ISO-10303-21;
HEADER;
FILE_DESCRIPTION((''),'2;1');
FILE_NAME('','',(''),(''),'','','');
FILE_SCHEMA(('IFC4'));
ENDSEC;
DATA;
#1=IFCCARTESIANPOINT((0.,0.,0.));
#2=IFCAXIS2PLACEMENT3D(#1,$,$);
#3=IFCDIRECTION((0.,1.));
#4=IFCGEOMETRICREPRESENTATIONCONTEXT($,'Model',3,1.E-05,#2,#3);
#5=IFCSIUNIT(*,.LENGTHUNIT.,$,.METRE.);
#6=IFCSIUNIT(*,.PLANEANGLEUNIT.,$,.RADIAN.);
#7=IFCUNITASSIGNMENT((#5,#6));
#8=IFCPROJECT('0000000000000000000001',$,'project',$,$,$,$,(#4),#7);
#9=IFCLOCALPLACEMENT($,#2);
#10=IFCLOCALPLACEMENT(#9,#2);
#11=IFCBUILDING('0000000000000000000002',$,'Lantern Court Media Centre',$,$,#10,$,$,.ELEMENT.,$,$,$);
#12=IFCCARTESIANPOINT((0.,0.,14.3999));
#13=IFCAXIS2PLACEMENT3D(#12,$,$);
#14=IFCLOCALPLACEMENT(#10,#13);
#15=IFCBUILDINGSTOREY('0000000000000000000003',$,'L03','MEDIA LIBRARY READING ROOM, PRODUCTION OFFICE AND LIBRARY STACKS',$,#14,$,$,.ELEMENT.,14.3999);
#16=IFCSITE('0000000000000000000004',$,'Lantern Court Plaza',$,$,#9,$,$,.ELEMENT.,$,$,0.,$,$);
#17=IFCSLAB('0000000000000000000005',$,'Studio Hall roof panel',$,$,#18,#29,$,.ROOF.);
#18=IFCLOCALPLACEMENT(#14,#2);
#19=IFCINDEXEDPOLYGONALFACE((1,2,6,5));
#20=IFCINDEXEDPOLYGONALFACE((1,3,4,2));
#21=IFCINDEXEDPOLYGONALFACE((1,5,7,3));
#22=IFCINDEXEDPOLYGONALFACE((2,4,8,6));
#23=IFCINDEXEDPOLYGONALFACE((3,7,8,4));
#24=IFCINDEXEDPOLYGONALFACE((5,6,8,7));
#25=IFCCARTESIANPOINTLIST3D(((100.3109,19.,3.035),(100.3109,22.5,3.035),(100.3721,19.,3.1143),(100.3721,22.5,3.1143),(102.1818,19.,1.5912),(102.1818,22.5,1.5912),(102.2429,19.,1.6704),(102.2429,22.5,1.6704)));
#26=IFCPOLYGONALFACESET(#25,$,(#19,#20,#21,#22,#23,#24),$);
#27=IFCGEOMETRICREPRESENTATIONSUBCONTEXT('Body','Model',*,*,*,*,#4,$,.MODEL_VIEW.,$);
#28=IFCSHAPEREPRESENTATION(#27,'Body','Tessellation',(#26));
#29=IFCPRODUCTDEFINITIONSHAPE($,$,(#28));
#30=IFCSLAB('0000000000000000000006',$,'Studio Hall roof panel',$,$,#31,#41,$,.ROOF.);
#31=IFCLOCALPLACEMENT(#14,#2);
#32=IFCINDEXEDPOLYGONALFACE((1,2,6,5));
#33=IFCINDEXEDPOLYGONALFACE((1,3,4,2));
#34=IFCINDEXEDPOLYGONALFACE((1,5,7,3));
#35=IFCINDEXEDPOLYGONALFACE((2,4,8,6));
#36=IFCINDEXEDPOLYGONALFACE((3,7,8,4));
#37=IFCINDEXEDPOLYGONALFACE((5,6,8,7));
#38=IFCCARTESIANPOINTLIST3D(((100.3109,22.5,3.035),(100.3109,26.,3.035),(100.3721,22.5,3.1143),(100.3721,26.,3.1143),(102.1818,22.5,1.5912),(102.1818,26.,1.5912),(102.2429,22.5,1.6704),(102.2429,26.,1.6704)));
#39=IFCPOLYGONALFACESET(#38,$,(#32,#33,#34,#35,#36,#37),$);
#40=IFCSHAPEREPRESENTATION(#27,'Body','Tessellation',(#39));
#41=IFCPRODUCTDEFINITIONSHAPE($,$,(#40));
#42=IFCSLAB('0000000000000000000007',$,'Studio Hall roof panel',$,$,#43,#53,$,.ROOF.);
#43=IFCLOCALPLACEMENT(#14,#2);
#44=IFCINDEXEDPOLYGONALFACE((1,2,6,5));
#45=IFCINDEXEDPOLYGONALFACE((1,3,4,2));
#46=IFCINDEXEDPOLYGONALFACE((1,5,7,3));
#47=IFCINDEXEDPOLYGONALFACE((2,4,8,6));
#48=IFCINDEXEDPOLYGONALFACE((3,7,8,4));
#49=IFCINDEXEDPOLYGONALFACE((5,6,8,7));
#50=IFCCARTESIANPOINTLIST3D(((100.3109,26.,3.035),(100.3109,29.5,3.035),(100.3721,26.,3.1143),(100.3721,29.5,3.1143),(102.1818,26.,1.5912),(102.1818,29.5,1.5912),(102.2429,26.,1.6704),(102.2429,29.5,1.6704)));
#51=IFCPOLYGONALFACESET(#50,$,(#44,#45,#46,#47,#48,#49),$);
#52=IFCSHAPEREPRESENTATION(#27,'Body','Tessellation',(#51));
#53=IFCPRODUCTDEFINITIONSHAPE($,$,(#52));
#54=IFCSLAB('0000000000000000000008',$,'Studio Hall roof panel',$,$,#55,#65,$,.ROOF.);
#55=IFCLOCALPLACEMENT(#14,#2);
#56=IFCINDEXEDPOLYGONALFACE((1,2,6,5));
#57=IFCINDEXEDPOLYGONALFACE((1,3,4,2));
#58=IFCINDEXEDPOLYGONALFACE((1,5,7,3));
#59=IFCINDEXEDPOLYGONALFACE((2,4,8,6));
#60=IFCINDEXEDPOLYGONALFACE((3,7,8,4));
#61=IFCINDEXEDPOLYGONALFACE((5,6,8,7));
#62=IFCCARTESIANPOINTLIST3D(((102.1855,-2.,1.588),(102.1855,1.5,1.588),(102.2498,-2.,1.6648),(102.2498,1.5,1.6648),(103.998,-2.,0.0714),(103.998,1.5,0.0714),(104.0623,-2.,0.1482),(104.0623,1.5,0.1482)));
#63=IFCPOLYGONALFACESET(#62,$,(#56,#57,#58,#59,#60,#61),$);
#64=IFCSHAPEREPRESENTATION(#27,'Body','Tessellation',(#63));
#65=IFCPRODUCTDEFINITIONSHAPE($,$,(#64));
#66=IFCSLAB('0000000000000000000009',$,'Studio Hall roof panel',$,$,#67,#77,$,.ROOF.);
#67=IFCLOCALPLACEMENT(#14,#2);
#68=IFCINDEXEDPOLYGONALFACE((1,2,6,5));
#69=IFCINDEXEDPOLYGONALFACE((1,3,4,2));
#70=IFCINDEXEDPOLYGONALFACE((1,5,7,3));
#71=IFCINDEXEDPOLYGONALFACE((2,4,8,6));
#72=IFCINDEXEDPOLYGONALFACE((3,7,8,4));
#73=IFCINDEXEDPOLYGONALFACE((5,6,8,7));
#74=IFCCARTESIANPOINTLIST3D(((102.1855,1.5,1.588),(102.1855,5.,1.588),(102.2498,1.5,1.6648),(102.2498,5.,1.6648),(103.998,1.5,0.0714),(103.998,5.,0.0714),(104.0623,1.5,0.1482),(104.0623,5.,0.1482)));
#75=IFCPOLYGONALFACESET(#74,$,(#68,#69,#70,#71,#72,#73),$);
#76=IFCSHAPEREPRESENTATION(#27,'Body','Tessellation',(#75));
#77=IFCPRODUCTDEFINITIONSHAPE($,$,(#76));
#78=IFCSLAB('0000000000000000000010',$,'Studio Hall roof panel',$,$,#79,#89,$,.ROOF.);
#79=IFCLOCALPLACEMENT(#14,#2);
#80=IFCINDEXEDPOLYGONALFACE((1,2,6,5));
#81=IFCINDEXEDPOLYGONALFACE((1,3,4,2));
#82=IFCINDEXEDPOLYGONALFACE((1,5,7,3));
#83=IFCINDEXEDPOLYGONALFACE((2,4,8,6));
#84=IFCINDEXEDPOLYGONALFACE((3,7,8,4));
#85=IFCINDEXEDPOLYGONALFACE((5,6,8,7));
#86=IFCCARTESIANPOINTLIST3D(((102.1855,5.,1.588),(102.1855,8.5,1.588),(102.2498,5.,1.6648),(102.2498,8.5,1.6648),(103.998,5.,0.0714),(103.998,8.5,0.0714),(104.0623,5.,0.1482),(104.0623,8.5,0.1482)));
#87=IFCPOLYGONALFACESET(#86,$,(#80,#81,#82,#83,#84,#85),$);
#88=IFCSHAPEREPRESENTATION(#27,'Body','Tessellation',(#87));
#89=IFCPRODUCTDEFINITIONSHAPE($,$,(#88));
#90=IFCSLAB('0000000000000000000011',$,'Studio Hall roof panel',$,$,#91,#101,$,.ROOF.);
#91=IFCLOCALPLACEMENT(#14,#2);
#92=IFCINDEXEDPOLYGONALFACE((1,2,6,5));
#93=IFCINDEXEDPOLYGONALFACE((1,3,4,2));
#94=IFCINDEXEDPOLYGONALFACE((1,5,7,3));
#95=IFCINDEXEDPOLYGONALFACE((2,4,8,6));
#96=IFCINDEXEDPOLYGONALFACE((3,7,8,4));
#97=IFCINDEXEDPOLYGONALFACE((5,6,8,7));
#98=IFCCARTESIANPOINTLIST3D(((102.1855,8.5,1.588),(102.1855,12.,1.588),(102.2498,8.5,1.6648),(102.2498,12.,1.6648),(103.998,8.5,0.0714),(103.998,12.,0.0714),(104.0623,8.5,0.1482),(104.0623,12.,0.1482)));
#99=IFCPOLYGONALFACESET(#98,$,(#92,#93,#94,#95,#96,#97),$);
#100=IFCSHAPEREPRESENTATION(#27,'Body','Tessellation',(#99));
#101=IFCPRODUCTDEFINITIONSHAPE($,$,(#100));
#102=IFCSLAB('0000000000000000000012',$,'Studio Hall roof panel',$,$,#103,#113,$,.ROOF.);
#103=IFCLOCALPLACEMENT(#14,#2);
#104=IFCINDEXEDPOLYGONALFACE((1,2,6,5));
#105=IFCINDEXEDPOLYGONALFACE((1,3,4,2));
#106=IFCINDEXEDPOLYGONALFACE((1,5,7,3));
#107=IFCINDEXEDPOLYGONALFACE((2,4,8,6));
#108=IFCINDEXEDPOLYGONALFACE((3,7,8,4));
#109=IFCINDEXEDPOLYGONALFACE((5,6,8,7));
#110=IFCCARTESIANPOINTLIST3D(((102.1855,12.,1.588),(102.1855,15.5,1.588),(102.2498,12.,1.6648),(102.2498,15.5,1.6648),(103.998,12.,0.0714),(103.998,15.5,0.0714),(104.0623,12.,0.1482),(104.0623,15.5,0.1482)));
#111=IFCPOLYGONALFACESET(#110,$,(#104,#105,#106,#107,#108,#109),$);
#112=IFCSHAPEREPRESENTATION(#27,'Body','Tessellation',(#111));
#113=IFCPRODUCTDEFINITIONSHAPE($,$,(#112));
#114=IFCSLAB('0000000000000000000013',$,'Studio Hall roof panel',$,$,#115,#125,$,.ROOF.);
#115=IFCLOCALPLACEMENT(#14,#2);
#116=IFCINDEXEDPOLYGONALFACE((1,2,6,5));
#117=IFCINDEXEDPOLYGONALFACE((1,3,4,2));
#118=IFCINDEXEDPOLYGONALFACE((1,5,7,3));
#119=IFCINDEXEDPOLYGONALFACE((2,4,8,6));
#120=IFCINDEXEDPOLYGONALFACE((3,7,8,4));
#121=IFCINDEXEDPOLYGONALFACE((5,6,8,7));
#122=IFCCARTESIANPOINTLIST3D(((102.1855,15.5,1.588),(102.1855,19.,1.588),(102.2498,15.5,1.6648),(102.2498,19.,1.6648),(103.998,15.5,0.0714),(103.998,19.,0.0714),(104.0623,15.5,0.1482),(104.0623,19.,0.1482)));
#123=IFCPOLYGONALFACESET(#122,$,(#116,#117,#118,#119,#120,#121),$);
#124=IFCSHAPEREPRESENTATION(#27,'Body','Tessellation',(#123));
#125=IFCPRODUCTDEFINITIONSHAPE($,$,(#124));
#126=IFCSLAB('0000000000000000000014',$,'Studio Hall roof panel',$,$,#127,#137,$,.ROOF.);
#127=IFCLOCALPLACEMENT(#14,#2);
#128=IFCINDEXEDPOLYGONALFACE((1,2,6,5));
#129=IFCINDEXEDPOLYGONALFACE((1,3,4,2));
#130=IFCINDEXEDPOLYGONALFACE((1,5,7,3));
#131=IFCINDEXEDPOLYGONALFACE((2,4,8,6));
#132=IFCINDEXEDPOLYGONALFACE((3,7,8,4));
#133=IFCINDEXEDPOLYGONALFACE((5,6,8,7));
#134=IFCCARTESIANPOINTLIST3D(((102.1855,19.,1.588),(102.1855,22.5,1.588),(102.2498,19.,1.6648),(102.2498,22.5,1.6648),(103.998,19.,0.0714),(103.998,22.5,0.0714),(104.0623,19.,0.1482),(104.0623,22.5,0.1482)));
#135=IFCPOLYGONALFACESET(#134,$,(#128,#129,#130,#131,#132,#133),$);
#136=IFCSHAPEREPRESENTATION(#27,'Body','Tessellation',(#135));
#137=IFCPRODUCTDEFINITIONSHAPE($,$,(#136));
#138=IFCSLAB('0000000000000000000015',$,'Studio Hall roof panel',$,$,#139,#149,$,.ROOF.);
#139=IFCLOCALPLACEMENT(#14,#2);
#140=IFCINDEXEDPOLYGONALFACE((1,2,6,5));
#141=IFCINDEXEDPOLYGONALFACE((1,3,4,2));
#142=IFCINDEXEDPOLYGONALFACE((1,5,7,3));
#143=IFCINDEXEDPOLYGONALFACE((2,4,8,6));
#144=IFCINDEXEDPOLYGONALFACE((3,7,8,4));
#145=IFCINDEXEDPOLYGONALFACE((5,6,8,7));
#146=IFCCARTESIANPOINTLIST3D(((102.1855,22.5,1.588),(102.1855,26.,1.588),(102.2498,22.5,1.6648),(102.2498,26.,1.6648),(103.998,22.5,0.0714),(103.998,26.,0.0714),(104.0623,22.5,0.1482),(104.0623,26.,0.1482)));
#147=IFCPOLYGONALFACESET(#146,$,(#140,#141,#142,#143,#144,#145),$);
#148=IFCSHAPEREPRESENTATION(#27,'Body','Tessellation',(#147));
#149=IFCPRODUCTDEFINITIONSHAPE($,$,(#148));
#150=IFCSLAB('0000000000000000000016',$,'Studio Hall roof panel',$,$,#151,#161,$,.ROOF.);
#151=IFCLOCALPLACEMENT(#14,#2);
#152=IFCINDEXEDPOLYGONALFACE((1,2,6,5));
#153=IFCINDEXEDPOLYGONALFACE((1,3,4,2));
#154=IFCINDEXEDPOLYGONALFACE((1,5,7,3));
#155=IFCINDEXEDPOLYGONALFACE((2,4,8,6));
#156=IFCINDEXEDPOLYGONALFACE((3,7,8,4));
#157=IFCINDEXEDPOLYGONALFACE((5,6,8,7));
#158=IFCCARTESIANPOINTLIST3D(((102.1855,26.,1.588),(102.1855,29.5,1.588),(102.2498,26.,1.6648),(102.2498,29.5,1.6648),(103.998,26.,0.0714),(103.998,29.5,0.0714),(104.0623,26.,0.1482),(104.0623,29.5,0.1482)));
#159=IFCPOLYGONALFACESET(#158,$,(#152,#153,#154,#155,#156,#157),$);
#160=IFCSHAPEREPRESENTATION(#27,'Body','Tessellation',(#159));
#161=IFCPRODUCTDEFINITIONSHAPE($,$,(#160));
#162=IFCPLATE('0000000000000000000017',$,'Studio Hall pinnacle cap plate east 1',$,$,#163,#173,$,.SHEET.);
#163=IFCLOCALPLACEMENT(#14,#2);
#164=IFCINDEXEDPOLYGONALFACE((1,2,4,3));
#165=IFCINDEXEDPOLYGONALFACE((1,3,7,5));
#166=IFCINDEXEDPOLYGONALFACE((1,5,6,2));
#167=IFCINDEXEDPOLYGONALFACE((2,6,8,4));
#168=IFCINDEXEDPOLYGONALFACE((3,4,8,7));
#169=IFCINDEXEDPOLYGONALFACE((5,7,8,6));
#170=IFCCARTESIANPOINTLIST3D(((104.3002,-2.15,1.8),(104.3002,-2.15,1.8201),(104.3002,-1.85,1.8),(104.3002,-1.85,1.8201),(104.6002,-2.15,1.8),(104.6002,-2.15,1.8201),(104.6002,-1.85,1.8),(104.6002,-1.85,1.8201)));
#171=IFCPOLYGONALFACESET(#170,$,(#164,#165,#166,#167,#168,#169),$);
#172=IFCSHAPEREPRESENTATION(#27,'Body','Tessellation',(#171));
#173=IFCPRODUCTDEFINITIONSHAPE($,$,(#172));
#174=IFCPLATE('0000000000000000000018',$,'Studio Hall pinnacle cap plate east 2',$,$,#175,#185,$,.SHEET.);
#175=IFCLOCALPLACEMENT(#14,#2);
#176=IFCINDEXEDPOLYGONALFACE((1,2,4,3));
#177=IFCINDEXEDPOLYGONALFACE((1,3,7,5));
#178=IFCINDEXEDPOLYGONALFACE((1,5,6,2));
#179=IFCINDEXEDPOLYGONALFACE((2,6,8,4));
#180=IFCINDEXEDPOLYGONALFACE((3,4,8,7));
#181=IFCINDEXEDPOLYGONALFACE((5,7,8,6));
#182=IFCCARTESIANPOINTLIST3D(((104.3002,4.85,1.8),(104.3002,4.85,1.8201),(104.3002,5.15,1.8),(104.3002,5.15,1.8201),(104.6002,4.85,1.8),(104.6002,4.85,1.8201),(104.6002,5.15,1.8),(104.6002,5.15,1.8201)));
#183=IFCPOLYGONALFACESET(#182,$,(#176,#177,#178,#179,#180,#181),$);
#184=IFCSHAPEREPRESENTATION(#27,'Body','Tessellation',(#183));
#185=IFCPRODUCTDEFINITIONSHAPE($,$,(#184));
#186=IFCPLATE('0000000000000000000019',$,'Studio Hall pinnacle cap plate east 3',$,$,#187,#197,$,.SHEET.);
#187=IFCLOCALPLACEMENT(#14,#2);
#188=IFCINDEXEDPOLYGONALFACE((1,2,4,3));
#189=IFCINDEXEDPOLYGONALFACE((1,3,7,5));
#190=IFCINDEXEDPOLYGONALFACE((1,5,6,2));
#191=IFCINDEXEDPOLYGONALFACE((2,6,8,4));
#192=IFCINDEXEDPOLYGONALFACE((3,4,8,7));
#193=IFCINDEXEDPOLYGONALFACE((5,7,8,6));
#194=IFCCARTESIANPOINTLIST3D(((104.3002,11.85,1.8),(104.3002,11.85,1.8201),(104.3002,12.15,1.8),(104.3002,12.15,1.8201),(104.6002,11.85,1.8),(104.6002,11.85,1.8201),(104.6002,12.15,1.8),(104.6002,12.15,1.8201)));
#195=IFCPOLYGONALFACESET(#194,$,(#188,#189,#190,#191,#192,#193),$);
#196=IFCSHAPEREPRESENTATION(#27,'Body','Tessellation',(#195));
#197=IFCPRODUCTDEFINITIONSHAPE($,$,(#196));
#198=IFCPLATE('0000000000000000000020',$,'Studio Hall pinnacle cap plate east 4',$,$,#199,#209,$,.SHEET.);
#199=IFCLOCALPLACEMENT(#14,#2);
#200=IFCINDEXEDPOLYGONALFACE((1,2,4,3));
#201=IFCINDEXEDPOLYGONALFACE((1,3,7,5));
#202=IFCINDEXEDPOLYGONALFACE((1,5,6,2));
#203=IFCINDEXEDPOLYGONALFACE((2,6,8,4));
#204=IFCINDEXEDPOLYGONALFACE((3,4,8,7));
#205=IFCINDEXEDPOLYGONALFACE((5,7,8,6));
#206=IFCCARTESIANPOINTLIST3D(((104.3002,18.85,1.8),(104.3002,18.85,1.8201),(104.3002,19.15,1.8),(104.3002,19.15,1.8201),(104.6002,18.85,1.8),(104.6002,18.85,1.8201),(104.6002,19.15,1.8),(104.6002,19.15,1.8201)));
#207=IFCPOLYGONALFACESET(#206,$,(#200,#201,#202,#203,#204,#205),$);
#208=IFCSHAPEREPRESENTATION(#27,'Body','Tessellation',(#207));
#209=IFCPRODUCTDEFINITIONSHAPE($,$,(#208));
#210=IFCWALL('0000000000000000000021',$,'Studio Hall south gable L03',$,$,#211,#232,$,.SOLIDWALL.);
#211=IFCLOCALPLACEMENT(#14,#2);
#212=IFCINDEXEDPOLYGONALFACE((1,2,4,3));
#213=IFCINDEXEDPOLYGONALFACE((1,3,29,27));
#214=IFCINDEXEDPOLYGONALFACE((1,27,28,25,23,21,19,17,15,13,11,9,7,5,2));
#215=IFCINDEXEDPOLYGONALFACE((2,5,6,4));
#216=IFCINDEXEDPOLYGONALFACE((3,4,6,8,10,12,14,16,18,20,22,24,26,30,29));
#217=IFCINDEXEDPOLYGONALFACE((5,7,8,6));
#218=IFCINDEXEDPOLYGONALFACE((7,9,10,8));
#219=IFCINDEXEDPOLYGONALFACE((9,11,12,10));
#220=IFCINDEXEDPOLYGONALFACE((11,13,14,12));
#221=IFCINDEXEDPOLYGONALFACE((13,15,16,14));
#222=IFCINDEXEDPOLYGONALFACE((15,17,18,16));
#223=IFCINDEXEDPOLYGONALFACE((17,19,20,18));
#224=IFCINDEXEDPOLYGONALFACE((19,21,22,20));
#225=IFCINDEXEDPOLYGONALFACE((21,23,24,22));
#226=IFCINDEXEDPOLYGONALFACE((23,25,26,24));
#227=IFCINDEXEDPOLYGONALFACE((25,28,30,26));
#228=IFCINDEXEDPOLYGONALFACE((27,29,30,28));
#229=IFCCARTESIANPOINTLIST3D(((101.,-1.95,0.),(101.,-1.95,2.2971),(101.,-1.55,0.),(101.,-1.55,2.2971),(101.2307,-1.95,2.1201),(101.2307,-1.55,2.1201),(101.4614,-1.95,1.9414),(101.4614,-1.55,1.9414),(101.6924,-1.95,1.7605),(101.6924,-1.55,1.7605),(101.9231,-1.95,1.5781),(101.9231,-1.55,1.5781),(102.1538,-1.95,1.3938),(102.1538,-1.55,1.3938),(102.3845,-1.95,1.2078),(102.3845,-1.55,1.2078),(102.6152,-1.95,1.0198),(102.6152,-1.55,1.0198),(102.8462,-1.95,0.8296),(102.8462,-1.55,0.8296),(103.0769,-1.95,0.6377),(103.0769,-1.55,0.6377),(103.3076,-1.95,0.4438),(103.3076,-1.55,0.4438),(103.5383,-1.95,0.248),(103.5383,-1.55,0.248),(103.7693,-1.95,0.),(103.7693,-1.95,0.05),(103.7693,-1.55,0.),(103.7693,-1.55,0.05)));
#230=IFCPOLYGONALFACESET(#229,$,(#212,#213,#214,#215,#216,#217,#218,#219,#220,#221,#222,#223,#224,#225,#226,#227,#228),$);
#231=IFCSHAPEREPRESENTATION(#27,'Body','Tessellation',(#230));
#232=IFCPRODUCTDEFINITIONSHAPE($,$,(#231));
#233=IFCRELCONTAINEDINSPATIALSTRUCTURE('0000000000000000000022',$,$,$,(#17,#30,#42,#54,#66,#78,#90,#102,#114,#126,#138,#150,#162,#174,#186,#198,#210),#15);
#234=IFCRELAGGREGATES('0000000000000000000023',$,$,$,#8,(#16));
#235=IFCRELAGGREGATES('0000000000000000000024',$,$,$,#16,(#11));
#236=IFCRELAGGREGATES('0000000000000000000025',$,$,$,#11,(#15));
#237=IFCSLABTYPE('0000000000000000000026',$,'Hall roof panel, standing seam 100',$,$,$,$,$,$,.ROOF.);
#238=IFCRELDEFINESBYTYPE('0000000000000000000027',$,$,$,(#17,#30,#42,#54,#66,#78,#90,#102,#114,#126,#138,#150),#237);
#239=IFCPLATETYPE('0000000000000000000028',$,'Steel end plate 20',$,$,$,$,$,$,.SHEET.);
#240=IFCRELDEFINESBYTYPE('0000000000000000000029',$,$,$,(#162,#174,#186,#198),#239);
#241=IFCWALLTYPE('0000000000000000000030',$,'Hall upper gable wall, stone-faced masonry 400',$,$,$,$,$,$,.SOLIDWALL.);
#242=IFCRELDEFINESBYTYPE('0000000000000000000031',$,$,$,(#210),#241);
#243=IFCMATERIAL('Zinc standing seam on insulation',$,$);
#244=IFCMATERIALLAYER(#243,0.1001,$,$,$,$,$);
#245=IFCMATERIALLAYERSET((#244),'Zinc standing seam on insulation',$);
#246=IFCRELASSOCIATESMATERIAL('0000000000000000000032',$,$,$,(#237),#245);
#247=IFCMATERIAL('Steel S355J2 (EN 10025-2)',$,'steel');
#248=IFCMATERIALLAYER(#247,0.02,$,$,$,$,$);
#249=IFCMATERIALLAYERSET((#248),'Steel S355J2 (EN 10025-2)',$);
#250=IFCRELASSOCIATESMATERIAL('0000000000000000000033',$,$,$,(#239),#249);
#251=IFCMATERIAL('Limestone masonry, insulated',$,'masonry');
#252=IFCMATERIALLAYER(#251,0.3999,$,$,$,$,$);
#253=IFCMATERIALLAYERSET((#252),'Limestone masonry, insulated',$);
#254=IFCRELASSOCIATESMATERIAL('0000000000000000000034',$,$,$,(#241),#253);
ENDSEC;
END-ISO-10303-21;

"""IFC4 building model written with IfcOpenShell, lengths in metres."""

from ifc_helpers import new_model, si_unit, direction, frame, origin, origin_2d, place, context, subcontext, project, spatial, polyline, rectangle, outline, extrude, material, layer, layer_set, type_object, element, save


model = new_model("IFC4")

# Units and contexts
model_context = context("Model", 3, precision=1e-05, world=origin(), true_north=direction((0.0, 1.0)))
body_context = subcontext(model_context, "Body", "Model", "MODEL_VIEW")
ifc_project = project(units=[si_unit("LENGTHUNIT", "METRE"), si_unit("PLANEANGLEUNIT", "RADIAN")], contexts=[model_context])

# Site, building, storey
site_placement = place(None, origin())
site = spatial("IfcSite", under=ifc_project, at=site_placement, Name="Lantern Court Plaza", CompositionType="ELEMENT", RefElevation=0.0)
building_placement = place(site_placement, origin())
building = spatial("IfcBuilding", under=site, at=building_placement, Name="Lantern Court Media Centre", CompositionType="ELEMENT")
storey_placement = place(building_placement, frame((0.0, 0.0, 14.3999)))
storey = spatial("IfcBuildingStorey", under=building, at=storey_placement, Name="L03", Description="MEDIA LIBRARY READING ROOM, PRODUCTION OFFICE AND LIBRARY STACKS", CompositionType="ELEMENT", Elevation=14.3999)

# Shared definitions
ifc_material_1 = material(Name="Steel S355J2 (EN 10025-2)", Category="steel")

# Slabs
ifc_material_2 = material(Name="Zinc standing seam on insulation")
ifc_layer_1 = layer(ifc_material_2, 0.1001)
ifc_layer_set_1 = layer_set([ifc_layer_1], Name="Zinc standing seam on insulation")
slab_type = type_object("IfcSlabType", Name="Hall roof panel, standing seam 100", PredefinedType="ROOF", material=ifc_layer_set_1)
for number, where, z_axis, x_axis, name in (
    (1, (100.3721, 19.0, 3.1143), (0.610968, 0.0, 0.791655), (0.791655, 0.0, -0.610968), "Studio Hall roof panel"),
    (2, (100.3721, 22.5, 3.1143), (0.610968, 0.0, 0.791655), (0.791655, 0.0, -0.610968), "Studio Hall roof panel"),
    (3, (100.3721, 26.0, 3.1143), (0.610968, 0.0, 0.791655), (0.791655, 0.0, -0.610968), "Studio Hall roof panel"),
):
    element("IfcSlab", number, at=place(storey_placement, frame(where, z_axis=z_axis, x_axis=x_axis)), inside=storey, type_object=slab_type, Name=name, PredefinedType="ROOF", context=body_context, shape_type="SweptSolid", body=[
        extrude(outline(polyline([(0.0, 0.0), (2.3632, 0.0), (2.3632, 3.5), (0.0, 3.5), (0.0, 0.0)])), origin(), (0.0, 0.0, -1.0), 0.1001),
    ])
for number, where, z_axis, x_axis, name in (
    (4, (102.2498, -2.0, 1.6648), (0.641728, 0.0, 0.766933), (0.766933, 0.0, -0.641728), "Studio Hall roof panel"),
    (5, (102.2498, 1.5, 1.6648), (0.641728, 0.0, 0.766933), (0.766933, 0.0, -0.641728), "Studio Hall roof panel"),
    (6, (102.2498, 5.0, 1.6648), (0.641728, 0.0, 0.766933), (0.766933, 0.0, -0.641728), "Studio Hall roof panel"),
    (7, (102.2498, 8.5, 1.6648), (0.641728, 0.0, 0.766933), (0.766933, 0.0, -0.641728), "Studio Hall roof panel"),
    (8, (102.2498, 12.0, 1.6648), (0.641728, 0.0, 0.766933), (0.766933, 0.0, -0.641728), "Studio Hall roof panel"),
    (9, (102.2498, 15.5, 1.6648), (0.641728, 0.0, 0.766933), (0.766933, 0.0, -0.641728), "Studio Hall roof panel"),
    (10, (102.2498, 19.0, 1.6648), (0.641728, 0.0, 0.766933), (0.766933, 0.0, -0.641728), "Studio Hall roof panel"),
    (11, (102.2498, 22.5, 1.6648), (0.641728, 0.0, 0.766933), (0.766933, 0.0, -0.641728), "Studio Hall roof panel"),
    (12, (102.2498, 26.0, 1.6648), (0.641728, 0.0, 0.766933), (0.766933, 0.0, -0.641728), "Studio Hall roof panel"),
):
    element("IfcSlab", number, at=place(storey_placement, frame(where, z_axis=z_axis, x_axis=x_axis)), inside=storey, type_object=slab_type, Name=name, PredefinedType="ROOF", context=body_context, shape_type="SweptSolid", body=[
        extrude(outline(polyline([(0.0, 0.0), (2.3633, 0.0), (2.3633, 3.5), (0.0, 3.5), (0.0, 0.0)])), origin(), (0.0, 0.0, -1.0), 0.1001),
    ])

# Plates
ifc_layer_2 = layer(ifc_material_1, 0.02)
ifc_layer_set_2 = layer_set([ifc_layer_2], Name="Steel S355J2 (EN 10025-2)")
plate_type = type_object("IfcPlateType", Name="Steel end plate 20", PredefinedType="SHEET", material=ifc_layer_set_2)
for number, where, z_axis, x_axis, name in (
    (13, (104.4502, -2.0, 1.8), (0.0, 0.0, 1.0), (1.0, 0.0, 0.0), "Studio Hall pinnacle cap plate east 1"),
    (14, (104.4502, 5.0, 1.8), (0.0, 0.0, 1.0), (1.0, 0.0, 0.0), "Studio Hall pinnacle cap plate east 2"),
    (15, (104.4502, 12.0, 1.8), (0.0, 0.0, 1.0), (1.0, 0.0, 0.0), "Studio Hall pinnacle cap plate east 3"),
    (16, (104.4502, 19.0, 1.8), (0.0, 0.0, 1.0), (1.0, 0.0, 0.0), "Studio Hall pinnacle cap plate east 4"),
):
    element("IfcPlate", number, at=place(storey_placement, frame(where, z_axis=z_axis, x_axis=x_axis)), inside=storey, type_object=plate_type, Name=name, PredefinedType="SHEET", context=body_context, shape_type="SweptSolid", body=[
        extrude(rectangle(XDim=0.3, YDim=0.3, at=origin_2d()), origin(), (0.0, 0.0, 1.0), 0.02),
    ])

# Wall
ifc_material_3 = material(Name="Limestone masonry, insulated", Category="masonry")
ifc_layer_3 = layer(ifc_material_3, 0.3999)
ifc_layer_set_3 = layer_set([ifc_layer_3], Name="Limestone masonry, insulated")
wall_type = type_object("IfcWallType", Name="Hall upper gable wall, stone-faced masonry 400", PredefinedType="SOLIDWALL", material=ifc_layer_set_3)
wall_placement = place(storey_placement, frame((101.0, -1.75, 0.0), z_axis=(0.0, 0.0, 1.0), x_axis=(1.0, 0.0, 0.0)))
element("IfcWall", 17, at=wall_placement, inside=storey, type_object=wall_type, Name="Studio Hall south gable L03", PredefinedType="SOLIDWALL", context=body_context, shape_type="SweptSolid", body=[
    extrude(outline(polyline([(0.0, 0.0), (2.7693, 0.0), (2.7693, 0.05), (2.5383, 0.248), (2.3076, 0.4438), (2.0769, 0.6377), (1.8462, 0.8296), (1.6152, 1.0198), (1.3845, 1.2078), (1.1538, 1.3938), (0.9231, 1.5781), (0.6924, 1.7605), (0.4614, 1.9414), (0.2307, 2.1201), (0.0, 2.2971), (0.0, 0.0)])), frame((0.0, 0.2, 0.0), z_axis=(0.0, -1.0, 0.0), x_axis=(1.0, 0.0, 0.0)), (0.0, 0.0, 1.0), 0.3999),
])

save(model, "model.ifc")
